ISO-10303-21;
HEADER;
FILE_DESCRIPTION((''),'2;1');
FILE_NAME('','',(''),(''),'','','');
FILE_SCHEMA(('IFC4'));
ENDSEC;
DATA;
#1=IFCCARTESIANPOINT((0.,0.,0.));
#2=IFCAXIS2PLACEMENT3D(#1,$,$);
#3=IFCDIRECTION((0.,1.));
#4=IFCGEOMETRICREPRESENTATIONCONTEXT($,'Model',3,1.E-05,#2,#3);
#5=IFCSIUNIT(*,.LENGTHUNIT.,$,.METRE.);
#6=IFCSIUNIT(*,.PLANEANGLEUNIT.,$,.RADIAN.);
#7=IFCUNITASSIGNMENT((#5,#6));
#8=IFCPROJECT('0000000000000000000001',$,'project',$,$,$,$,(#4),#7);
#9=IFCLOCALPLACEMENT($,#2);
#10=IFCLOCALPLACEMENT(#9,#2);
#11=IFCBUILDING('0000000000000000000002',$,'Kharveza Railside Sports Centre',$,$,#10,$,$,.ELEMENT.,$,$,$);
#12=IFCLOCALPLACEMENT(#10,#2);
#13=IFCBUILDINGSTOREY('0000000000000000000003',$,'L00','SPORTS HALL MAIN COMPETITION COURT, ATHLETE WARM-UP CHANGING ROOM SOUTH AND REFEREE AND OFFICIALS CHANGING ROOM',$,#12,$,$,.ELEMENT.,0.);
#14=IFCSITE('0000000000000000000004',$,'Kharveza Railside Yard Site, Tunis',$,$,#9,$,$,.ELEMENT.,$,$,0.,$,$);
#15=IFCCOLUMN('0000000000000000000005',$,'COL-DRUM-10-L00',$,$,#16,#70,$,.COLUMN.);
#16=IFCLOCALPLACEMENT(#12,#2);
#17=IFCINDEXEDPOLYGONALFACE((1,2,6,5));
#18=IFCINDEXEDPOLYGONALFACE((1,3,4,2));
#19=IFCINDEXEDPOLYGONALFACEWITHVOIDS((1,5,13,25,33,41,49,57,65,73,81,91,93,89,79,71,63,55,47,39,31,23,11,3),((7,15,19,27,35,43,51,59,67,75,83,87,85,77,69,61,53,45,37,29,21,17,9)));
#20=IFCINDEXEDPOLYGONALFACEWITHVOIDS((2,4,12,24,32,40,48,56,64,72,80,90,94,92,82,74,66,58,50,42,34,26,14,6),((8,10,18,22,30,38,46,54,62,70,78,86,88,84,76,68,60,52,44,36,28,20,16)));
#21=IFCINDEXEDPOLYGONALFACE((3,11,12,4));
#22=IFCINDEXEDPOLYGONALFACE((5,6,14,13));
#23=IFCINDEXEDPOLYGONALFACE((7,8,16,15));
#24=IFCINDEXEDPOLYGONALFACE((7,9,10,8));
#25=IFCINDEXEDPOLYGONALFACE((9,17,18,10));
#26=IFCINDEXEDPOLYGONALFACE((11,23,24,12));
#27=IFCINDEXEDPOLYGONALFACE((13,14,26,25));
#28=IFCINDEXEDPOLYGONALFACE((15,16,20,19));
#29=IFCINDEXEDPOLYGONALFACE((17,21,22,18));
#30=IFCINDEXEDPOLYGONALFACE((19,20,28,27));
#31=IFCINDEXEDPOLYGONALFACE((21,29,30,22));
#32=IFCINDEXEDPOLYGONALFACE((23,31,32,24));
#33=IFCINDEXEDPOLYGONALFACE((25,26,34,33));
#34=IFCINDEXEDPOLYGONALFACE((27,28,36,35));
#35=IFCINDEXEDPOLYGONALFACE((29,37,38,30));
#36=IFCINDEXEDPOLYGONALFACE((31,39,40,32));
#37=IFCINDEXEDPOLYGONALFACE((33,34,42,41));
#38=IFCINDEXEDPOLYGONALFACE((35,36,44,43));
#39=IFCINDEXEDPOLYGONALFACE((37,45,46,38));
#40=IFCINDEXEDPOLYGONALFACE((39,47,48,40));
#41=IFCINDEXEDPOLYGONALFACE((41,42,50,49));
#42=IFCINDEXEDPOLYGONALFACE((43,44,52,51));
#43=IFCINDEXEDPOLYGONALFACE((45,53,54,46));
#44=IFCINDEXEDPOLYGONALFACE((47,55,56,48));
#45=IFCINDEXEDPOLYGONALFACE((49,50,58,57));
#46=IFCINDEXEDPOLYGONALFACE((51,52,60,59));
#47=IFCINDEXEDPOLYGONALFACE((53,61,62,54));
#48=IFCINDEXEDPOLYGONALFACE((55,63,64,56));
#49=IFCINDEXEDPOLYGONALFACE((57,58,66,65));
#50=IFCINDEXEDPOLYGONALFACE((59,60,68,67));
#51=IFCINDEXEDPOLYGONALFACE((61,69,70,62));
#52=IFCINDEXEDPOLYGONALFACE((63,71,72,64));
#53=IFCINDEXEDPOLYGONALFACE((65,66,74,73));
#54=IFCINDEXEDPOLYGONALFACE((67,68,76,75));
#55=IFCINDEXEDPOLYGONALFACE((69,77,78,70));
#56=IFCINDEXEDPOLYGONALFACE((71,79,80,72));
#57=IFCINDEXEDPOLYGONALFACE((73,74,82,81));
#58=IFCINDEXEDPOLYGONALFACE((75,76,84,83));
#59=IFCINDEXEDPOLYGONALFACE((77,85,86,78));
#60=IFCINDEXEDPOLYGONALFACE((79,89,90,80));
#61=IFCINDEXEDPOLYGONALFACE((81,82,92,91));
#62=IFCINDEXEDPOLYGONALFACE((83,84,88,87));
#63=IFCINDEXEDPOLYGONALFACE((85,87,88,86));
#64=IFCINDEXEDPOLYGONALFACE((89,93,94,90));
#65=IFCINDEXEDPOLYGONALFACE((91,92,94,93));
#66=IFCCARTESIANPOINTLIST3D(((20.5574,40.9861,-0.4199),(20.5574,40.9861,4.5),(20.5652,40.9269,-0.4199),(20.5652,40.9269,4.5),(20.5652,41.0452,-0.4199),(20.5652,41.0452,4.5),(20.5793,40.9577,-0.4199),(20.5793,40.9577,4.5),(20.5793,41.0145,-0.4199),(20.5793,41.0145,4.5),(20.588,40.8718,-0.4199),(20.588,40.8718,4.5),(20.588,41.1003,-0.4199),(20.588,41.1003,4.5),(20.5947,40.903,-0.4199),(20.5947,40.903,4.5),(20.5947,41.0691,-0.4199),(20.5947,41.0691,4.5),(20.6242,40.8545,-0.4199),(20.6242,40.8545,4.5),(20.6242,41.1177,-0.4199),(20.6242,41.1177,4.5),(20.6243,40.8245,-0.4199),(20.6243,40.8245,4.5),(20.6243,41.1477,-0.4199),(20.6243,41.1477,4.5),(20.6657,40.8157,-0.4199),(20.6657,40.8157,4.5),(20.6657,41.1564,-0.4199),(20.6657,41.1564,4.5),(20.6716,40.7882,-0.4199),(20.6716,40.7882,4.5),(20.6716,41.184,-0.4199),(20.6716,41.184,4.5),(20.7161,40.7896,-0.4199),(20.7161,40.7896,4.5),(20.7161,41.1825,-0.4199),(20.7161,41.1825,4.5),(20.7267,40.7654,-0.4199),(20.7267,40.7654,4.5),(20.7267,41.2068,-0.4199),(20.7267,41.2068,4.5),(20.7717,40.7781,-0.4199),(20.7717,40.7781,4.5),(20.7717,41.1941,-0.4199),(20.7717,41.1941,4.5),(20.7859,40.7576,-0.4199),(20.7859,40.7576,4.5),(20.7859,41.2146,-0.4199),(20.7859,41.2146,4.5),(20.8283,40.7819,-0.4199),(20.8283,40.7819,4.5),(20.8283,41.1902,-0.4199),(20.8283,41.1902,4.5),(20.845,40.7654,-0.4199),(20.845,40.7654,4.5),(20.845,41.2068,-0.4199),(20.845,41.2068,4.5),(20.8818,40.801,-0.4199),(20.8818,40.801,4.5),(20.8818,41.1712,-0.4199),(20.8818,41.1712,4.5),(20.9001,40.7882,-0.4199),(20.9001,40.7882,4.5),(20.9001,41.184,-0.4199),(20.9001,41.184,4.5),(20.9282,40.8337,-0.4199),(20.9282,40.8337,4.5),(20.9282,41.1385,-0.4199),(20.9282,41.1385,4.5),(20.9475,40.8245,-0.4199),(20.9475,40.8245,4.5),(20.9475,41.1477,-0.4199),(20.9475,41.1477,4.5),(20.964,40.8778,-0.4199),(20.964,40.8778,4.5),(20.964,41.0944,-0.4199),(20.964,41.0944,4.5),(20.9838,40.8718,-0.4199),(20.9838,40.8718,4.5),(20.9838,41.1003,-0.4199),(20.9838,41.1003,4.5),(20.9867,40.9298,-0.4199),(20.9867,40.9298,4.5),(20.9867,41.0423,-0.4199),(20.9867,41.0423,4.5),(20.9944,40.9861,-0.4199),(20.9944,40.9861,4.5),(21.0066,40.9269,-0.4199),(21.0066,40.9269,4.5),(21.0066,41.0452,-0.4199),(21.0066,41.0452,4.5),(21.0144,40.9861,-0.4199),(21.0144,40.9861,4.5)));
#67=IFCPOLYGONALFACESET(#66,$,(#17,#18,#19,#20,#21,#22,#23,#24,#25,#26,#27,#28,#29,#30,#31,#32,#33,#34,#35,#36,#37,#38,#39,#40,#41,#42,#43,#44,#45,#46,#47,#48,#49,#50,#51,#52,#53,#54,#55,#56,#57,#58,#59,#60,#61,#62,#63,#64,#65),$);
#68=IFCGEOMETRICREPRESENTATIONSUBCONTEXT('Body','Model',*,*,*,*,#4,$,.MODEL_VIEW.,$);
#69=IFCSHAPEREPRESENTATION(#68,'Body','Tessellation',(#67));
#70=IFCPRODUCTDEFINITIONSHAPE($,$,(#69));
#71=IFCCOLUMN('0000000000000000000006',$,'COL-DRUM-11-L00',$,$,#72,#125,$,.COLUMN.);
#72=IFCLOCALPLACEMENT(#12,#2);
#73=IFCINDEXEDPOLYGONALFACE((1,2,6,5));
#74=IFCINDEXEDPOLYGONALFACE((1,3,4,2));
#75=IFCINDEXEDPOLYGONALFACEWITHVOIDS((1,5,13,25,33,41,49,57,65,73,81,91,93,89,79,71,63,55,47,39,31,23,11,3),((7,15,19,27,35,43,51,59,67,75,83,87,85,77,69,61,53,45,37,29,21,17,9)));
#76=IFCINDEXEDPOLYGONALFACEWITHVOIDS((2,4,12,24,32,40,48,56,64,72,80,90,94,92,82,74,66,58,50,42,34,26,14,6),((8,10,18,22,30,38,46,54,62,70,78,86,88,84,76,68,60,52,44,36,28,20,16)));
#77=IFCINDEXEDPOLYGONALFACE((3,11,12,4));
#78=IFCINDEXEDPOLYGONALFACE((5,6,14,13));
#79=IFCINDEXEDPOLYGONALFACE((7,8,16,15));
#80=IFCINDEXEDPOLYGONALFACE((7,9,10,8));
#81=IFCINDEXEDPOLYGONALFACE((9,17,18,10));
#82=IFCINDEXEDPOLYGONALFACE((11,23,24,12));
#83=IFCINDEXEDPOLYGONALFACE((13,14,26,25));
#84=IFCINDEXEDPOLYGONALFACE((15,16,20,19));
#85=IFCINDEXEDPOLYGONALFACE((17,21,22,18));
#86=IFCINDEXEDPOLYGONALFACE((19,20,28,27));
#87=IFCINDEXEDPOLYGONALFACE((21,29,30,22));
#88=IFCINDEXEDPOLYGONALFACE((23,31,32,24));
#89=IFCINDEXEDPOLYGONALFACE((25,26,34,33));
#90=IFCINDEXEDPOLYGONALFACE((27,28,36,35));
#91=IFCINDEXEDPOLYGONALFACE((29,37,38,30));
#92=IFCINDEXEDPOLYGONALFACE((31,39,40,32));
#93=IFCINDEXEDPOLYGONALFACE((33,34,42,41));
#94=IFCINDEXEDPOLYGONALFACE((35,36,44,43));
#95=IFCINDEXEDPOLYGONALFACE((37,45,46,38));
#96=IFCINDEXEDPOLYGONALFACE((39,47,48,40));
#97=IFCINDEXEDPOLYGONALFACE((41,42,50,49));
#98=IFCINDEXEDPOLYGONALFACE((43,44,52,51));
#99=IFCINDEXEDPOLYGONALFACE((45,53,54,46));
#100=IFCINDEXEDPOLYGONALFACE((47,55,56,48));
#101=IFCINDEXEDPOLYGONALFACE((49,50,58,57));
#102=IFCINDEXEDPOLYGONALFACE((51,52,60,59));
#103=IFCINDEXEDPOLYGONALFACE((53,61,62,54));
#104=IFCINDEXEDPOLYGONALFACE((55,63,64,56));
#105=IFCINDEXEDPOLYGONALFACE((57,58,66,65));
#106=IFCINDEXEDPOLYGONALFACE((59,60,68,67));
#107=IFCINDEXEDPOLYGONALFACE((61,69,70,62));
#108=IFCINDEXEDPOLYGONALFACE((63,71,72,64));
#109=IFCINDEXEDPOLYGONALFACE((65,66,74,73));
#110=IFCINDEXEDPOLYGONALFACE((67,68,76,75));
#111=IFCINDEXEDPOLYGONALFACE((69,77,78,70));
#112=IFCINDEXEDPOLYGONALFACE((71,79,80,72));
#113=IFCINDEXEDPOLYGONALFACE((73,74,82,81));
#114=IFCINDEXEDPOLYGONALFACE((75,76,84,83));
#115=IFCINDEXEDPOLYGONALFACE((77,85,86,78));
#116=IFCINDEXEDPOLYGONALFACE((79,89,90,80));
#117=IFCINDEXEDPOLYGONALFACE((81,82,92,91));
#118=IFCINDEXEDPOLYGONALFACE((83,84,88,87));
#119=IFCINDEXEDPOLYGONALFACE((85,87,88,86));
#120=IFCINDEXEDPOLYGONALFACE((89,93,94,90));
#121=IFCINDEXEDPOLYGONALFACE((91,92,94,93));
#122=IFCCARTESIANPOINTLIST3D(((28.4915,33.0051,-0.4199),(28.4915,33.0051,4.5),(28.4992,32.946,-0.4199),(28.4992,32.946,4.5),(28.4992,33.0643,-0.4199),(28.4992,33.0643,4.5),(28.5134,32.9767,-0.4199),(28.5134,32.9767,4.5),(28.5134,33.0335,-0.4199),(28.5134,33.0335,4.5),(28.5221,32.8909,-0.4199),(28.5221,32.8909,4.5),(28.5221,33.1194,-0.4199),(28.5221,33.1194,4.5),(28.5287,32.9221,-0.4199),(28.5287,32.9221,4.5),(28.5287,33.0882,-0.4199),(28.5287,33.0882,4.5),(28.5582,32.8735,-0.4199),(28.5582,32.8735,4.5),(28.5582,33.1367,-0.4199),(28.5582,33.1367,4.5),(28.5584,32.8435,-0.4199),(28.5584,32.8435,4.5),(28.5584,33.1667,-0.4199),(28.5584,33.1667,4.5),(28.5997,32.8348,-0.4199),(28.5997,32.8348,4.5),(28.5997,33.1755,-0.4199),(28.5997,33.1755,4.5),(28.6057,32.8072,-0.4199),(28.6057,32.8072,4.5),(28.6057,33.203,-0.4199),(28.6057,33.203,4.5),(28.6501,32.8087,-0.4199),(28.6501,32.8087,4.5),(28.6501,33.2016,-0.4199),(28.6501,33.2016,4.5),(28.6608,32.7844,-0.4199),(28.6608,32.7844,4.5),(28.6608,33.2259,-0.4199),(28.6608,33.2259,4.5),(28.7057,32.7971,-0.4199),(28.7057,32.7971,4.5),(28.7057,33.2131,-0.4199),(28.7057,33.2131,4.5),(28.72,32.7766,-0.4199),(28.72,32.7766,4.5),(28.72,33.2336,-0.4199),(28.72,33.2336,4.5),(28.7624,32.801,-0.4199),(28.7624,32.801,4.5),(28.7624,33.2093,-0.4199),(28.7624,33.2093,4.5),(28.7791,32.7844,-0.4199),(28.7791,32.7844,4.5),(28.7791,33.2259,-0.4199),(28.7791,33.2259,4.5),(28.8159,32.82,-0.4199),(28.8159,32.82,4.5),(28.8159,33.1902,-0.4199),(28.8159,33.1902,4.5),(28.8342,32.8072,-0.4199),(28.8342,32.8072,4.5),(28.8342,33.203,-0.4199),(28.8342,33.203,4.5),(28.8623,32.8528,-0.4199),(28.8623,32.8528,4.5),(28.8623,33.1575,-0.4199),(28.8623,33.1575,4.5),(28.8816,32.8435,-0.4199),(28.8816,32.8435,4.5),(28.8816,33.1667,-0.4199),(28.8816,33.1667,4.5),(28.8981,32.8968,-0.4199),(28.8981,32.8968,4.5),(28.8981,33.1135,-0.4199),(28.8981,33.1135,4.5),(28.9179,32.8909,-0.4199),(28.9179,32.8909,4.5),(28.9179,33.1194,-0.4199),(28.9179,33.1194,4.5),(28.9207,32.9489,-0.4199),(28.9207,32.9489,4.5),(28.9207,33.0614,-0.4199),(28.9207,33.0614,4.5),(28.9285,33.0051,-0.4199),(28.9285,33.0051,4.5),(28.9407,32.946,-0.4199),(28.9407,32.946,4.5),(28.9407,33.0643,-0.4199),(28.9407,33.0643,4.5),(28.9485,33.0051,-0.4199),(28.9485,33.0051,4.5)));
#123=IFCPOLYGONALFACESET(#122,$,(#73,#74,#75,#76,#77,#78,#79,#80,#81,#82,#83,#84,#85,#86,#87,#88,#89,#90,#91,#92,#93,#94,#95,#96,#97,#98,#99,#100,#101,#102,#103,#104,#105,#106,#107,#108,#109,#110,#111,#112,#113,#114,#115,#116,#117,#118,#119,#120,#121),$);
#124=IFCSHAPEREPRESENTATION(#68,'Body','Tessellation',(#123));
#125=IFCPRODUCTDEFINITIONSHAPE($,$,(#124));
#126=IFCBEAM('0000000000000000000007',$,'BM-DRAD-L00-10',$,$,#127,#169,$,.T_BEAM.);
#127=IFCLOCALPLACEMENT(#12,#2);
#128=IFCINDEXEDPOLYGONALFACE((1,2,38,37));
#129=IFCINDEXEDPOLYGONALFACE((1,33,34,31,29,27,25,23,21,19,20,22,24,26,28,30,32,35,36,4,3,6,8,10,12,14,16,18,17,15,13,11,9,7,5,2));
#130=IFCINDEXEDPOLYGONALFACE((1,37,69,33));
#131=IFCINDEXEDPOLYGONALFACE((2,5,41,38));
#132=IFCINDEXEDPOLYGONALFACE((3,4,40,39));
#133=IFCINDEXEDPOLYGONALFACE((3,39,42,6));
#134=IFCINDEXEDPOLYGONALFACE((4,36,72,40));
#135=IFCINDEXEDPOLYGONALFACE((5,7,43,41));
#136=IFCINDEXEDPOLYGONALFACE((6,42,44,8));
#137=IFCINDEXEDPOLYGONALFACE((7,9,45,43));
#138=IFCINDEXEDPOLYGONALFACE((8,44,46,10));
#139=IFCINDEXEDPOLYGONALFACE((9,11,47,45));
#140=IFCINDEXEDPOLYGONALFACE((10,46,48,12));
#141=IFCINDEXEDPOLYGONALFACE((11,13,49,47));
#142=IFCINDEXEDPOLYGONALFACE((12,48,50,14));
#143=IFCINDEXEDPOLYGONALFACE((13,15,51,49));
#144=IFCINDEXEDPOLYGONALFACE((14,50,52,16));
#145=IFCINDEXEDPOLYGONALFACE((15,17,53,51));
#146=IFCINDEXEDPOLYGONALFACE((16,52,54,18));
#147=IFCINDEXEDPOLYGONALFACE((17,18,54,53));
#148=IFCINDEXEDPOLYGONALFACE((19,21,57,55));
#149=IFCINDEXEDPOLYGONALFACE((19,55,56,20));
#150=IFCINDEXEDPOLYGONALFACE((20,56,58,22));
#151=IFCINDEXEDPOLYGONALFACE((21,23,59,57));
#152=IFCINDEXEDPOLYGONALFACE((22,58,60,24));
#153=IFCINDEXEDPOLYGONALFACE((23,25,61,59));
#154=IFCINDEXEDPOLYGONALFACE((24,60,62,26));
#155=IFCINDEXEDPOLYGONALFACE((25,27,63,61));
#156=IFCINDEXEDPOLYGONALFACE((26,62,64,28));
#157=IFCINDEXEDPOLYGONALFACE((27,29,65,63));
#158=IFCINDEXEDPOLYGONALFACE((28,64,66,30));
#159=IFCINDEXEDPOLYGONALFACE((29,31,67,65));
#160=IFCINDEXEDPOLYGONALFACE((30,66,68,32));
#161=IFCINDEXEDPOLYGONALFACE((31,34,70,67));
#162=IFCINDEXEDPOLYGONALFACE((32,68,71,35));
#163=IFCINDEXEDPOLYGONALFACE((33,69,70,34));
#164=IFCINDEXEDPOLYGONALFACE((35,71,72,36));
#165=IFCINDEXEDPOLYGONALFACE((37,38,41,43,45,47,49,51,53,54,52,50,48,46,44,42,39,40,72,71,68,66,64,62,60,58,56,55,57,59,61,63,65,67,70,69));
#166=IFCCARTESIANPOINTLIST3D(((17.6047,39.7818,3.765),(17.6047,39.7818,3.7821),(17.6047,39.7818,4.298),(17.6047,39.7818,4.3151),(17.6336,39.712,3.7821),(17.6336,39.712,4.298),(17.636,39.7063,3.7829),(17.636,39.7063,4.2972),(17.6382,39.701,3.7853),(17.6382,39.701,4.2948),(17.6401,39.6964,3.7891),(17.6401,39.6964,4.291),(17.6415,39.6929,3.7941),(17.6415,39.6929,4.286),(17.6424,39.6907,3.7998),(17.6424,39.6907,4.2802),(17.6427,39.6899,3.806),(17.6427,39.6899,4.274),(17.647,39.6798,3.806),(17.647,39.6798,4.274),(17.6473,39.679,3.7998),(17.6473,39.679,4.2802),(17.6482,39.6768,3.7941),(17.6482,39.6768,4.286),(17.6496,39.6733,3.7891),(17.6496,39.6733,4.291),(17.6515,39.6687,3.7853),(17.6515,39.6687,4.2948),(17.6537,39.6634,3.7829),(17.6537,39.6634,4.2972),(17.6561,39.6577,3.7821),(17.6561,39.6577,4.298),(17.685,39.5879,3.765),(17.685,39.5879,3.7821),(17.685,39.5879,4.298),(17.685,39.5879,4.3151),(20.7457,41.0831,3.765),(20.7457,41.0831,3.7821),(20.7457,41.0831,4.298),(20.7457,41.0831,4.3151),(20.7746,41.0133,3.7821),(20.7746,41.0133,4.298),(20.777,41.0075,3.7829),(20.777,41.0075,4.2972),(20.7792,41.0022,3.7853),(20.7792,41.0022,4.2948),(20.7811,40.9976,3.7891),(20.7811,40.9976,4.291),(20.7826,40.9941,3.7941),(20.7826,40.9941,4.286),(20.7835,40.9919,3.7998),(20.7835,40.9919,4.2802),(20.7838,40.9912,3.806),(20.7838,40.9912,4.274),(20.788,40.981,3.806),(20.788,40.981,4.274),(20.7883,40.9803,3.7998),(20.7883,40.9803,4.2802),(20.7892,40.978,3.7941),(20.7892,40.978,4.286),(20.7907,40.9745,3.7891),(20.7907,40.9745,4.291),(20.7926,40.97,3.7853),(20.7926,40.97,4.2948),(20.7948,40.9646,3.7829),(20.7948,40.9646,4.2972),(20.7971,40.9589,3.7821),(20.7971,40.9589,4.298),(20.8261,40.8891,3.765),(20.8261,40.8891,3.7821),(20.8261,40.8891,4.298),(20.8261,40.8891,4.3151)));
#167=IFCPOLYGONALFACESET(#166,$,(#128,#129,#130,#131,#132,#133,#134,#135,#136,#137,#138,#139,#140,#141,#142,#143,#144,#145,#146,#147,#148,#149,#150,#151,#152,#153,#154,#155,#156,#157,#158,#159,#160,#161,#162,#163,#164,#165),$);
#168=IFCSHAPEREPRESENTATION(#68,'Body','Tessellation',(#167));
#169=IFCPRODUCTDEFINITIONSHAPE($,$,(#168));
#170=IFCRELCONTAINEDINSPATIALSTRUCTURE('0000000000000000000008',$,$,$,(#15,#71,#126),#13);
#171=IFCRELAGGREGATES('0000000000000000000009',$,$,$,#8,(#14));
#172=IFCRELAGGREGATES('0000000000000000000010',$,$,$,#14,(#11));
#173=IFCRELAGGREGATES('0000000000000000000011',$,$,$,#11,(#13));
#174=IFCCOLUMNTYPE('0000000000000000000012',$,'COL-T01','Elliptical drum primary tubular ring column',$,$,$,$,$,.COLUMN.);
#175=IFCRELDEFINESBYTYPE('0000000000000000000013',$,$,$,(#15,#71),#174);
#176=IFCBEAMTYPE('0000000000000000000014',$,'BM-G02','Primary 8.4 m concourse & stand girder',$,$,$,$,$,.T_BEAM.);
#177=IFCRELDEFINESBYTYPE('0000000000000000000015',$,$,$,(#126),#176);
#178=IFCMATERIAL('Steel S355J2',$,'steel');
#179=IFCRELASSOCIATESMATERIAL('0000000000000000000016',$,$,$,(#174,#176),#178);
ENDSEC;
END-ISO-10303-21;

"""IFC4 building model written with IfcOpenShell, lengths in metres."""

from ifc_helpers import new_model, si_unit, direction, frame, origin, origin_2d, place, context, subcontext, project, spatial, hollow_circle, i_section, extrude, material, material_profile, profile_set, type_object, element, save


model = new_model("IFC4")

# Units and contexts
model_context = context("Model", 3, precision=1e-05, world=origin(), true_north=direction((0.0, 1.0)))
body_context = subcontext(model_context, "Body", "Model", "MODEL_VIEW")
ifc_project = project(units=[si_unit("LENGTHUNIT", "METRE"), si_unit("PLANEANGLEUNIT", "RADIAN")], contexts=[model_context])

# Site, building, storey
site_placement = place(None, origin())
site = spatial("IfcSite", under=ifc_project, at=site_placement, Name="Kharveza Railside Yard Site, Tunis", CompositionType="ELEMENT", RefElevation=0.0)
building_placement = place(site_placement, origin())
building = spatial("IfcBuilding", under=site, at=building_placement, Name="Kharveza Railside Sports Centre", CompositionType="ELEMENT")
storey_placement = place(building_placement, origin())
storey = spatial("IfcBuildingStorey", under=building, at=storey_placement, Name="L00", Description="SPORTS HALL MAIN COMPETITION COURT, ATHLETE WARM-UP CHANGING ROOM SOUTH AND REFEREE AND OFFICIALS CHANGING ROOM", CompositionType="ELEMENT", Elevation=0.0)

# Columns
ifc_material_1 = material(Name="Steel S355J2", Category="steel")
ifc_material_profile_1 = material_profile(ifc_material_1, hollow_circle(Radius=0.2285, WallThickness=0.02, at=origin_2d()), Name="CHS 457.0x20.0")
ifc_profile_set_1 = profile_set([ifc_material_profile_1], Name="Steel S355J2")
column_type_1 = type_object("IfcColumnType", Name="COL-T01", Description="Elliptical drum primary tubular ring column", PredefinedType="COLUMN", material=ifc_profile_set_1)
for number, where, z_axis, x_axis, name in (
    (1, (20.7859, 40.9861, -0.4199), (0.0, 0.0, 1.0), (1.0, 0.0, 0.0), "COL-DRUM-10-L00"),
    (2, (28.72, 33.0051, -0.4199), (0.0, 0.0, 1.0), (1.0, 0.0, 0.0), "COL-DRUM-11-L00"),
):
    element("IfcColumn", number, at=place(storey_placement, frame(where, z_axis=z_axis, x_axis=x_axis)), inside=storey, type_object=column_type_1, Name=name, PredefinedType="COLUMN", context=body_context, shape_type="SweptSolid", body=[
        extrude(hollow_circle(Radius=0.2285, WallThickness=0.02, at=origin_2d()), origin(), (0.0, 0.0, 1.0), 4.9199),
    ])

# Beam
ifc_material_profile_2 = material_profile(ifc_material_1, i_section(OverallWidth=0.21, OverallDepth=0.55, WebThickness=0.011, FlangeThickness=0.0171, FilletRadius=0.0239, at=origin_2d()), Name="IPE 550")
ifc_profile_set_2 = profile_set([ifc_material_profile_2], Name="Steel S355J2")
beam_type_1 = type_object("IfcBeamType", Name="BM-G02", Description="Primary 8.4 m concourse & stand girder", PredefinedType="T_BEAM", material=ifc_profile_set_2)
for number, where, z_axis, x_axis, name in (
    (3, (20.7859, 40.9861, 4.04), (-0.923861, -0.382728, 0.0), (0.382728, -0.923861, 0.0), "BM-DRAD-L00-10"),
):
    element("IfcBeam", number, at=place(storey_placement, frame(where, z_axis=z_axis, x_axis=x_axis)), inside=storey, type_object=beam_type_1, Name=name, PredefinedType="T_BEAM", context=body_context, shape_type="SweptSolid", body=[
        extrude(i_section(OverallWidth=0.21, OverallDepth=0.55, WebThickness=0.011, FlangeThickness=0.0171, FilletRadius=0.0239, at=origin_2d()), origin(), (0.0, 0.0, 1.0), 3.3999),
    ])

save(model, "model.ifc")
